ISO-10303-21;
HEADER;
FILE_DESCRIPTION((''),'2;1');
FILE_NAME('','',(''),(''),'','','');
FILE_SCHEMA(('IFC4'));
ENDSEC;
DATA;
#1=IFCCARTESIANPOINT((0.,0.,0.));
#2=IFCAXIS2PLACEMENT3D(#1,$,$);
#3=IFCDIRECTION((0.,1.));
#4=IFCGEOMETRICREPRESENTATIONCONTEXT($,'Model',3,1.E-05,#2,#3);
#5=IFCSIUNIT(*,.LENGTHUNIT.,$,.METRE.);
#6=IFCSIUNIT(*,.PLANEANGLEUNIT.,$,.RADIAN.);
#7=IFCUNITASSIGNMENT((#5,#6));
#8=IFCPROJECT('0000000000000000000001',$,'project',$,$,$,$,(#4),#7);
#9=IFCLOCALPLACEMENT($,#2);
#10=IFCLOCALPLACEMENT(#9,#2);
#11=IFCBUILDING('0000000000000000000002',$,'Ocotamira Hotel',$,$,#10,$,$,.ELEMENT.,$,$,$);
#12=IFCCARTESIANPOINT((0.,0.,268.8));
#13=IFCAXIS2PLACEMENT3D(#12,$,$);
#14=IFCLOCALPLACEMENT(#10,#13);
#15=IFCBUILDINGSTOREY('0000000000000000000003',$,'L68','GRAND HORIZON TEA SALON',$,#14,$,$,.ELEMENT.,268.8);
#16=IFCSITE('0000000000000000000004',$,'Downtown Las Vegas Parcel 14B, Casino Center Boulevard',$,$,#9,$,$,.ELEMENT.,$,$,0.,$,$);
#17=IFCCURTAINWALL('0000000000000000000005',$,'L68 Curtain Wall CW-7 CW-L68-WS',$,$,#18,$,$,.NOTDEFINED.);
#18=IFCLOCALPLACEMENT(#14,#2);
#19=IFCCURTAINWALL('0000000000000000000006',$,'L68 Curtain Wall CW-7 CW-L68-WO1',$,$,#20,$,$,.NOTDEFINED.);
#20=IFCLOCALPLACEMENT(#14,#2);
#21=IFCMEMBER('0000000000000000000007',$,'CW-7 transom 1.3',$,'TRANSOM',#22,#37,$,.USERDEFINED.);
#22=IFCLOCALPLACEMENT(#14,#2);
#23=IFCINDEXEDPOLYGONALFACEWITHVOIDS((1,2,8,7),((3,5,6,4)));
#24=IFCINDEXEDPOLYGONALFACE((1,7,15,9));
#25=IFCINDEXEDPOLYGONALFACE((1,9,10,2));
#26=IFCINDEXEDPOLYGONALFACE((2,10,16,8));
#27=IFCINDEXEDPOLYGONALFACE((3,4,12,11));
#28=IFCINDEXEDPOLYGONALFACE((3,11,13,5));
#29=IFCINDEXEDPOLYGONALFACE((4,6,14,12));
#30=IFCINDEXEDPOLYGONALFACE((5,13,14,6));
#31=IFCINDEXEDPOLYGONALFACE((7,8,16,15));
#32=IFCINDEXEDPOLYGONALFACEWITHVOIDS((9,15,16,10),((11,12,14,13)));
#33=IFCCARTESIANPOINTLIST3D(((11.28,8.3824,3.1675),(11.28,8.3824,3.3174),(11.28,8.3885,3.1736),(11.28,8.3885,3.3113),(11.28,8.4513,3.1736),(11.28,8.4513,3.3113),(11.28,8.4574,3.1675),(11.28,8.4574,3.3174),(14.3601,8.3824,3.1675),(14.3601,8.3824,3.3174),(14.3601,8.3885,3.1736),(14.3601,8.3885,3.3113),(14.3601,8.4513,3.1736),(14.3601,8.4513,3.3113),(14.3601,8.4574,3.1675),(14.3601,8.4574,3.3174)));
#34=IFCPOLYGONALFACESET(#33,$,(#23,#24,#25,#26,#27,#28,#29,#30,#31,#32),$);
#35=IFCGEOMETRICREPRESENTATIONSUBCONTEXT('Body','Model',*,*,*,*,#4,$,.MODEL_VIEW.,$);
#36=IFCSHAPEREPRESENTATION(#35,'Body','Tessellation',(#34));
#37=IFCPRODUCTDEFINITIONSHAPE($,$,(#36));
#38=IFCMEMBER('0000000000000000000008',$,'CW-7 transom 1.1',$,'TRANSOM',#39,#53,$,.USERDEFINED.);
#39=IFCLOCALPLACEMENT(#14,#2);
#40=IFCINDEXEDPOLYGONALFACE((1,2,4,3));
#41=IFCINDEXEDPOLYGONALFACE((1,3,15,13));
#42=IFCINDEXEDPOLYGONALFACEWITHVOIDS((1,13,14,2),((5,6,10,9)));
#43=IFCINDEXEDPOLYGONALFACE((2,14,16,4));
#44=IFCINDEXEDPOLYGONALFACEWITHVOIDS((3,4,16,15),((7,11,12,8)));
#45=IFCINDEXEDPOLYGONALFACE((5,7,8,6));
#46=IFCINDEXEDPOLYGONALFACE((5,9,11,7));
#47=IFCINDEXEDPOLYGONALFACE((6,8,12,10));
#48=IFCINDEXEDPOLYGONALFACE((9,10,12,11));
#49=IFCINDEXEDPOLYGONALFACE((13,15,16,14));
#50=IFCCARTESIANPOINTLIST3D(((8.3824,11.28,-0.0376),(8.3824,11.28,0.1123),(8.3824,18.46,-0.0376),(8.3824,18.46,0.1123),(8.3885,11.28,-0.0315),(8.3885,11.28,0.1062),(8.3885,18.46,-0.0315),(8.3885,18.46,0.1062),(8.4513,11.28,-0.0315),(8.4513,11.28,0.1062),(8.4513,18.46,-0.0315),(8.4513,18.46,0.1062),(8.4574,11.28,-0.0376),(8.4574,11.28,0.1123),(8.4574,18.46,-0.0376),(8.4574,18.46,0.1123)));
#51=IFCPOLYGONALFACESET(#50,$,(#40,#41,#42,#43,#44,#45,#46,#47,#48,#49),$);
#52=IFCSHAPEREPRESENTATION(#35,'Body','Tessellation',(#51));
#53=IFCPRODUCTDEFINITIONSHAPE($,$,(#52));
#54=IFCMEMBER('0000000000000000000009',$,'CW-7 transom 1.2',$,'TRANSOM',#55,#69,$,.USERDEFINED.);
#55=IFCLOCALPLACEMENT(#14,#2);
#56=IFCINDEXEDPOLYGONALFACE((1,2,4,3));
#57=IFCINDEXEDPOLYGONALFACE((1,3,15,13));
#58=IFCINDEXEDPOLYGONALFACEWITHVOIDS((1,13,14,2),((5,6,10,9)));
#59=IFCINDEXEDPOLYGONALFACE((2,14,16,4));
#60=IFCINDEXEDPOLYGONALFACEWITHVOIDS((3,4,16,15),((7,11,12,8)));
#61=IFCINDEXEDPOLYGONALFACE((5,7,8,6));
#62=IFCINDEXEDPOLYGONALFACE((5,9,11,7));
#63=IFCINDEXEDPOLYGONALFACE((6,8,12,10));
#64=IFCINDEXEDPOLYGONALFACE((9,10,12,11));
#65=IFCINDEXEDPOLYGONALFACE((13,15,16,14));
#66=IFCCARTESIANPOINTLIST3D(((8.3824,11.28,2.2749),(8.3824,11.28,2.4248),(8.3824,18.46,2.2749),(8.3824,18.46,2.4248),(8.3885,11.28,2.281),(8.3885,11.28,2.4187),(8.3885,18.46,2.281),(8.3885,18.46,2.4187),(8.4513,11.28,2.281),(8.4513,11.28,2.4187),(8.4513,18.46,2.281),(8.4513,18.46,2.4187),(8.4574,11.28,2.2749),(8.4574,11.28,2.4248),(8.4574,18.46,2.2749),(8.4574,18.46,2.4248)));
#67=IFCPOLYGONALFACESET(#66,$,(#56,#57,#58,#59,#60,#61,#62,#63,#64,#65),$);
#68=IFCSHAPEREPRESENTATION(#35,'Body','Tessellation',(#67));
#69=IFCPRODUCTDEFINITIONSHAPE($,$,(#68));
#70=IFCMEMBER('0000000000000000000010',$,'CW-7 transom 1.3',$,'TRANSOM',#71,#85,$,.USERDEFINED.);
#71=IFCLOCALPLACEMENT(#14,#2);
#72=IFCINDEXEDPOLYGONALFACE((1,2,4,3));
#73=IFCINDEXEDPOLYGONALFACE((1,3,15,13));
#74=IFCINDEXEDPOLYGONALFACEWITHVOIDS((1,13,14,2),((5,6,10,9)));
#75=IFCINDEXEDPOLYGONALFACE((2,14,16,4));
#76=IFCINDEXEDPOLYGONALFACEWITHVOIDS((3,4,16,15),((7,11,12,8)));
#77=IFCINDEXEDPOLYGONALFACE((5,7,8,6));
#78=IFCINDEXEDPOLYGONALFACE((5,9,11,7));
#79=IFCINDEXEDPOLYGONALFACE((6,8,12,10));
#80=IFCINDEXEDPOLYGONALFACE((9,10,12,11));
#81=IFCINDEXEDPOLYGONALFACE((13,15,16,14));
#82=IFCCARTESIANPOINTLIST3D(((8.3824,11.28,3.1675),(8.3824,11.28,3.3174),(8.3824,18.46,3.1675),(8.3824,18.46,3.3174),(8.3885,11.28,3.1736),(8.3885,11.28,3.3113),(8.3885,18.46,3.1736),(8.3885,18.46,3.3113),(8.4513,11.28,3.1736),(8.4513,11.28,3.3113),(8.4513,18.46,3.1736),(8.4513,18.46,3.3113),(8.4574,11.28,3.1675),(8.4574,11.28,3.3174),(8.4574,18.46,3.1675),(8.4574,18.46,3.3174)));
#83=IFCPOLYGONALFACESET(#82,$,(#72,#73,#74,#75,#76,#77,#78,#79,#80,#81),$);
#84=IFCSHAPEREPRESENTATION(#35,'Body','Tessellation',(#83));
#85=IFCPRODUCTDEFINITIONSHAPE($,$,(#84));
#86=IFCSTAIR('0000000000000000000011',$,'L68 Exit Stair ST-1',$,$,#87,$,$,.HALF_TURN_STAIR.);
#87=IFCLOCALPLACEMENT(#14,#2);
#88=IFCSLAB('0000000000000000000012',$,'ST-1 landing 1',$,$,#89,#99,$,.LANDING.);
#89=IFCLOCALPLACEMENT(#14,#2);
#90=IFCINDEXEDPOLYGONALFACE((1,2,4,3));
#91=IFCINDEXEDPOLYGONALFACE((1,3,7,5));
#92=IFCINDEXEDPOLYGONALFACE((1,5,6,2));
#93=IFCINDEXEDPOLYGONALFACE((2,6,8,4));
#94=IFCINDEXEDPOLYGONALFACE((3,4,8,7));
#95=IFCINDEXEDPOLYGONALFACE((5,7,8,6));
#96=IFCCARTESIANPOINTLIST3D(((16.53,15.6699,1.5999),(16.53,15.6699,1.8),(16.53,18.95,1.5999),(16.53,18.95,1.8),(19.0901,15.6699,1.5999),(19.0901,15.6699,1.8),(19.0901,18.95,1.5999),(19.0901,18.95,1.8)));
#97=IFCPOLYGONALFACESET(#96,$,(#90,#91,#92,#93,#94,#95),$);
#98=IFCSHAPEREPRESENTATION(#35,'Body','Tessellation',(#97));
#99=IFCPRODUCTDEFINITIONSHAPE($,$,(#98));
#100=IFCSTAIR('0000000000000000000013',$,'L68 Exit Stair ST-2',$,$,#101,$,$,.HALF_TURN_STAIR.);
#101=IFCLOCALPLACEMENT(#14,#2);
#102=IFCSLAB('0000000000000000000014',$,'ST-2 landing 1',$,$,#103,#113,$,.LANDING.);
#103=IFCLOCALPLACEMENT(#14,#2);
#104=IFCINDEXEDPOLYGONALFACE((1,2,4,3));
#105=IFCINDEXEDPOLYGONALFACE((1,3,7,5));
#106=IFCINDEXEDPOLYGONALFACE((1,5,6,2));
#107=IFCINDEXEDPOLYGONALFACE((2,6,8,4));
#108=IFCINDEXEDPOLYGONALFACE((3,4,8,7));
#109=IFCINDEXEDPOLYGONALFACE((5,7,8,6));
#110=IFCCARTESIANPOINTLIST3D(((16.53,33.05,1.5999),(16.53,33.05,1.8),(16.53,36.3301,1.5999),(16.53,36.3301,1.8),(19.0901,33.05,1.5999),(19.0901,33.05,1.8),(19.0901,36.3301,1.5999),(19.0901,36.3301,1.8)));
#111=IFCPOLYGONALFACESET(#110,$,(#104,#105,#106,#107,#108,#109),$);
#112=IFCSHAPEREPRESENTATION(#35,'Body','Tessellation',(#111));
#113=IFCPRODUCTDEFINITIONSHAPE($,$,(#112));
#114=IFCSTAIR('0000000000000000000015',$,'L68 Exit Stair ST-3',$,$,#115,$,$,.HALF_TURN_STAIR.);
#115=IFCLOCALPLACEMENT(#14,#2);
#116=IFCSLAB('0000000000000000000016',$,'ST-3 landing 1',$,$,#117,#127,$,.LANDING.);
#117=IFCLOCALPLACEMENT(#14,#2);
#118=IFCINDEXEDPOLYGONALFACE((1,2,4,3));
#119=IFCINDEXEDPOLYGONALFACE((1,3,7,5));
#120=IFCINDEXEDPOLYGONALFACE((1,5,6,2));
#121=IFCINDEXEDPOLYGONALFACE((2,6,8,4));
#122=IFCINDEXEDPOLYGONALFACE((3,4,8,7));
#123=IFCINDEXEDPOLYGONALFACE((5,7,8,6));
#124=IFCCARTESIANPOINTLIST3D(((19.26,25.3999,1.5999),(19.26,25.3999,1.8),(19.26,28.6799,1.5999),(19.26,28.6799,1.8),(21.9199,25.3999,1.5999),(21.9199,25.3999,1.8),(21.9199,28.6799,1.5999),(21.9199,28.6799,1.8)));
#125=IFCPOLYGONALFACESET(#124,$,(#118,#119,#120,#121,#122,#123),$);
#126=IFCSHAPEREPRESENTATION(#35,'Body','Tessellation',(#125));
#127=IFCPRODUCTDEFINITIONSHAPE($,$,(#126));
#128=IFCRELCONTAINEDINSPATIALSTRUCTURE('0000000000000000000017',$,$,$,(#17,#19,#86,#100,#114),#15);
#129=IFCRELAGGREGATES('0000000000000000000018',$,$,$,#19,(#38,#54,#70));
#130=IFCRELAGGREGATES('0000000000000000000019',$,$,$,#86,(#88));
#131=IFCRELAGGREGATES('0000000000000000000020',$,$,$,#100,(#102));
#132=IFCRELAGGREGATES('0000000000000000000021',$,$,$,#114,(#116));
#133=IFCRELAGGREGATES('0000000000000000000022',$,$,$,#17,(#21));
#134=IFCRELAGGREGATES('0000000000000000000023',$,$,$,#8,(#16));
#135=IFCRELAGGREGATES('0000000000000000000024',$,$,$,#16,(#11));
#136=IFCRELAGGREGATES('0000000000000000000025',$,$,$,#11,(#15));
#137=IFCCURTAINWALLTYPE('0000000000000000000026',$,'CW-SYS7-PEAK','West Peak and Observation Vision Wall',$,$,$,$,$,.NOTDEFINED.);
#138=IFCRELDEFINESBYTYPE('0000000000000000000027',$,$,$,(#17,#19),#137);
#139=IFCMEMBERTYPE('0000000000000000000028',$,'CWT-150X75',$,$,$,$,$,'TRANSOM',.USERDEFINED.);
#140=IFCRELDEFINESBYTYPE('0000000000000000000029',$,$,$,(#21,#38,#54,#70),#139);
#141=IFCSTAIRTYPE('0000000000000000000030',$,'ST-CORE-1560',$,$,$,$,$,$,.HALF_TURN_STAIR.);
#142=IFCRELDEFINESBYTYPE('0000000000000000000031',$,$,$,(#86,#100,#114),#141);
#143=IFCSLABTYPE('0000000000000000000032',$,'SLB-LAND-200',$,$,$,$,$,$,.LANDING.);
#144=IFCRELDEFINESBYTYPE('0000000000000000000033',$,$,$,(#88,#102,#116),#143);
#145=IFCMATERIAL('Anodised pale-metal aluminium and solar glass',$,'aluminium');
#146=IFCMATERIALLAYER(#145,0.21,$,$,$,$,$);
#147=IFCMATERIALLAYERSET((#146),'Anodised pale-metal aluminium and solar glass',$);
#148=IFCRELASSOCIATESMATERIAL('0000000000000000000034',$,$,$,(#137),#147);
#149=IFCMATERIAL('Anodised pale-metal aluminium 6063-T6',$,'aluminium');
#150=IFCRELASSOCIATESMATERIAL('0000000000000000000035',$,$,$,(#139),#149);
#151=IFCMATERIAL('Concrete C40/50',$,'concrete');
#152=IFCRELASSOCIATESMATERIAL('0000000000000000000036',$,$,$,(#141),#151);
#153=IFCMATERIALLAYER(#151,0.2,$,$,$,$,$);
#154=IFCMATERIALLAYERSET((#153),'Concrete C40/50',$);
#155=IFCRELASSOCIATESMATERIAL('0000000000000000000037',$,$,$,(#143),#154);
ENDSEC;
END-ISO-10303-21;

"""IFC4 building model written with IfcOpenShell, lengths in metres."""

from ifc_helpers import new_model, si_unit, direction, frame, origin, origin_2d, place, context, subcontext, project, spatial, polyline, hollow_rectangle, outline, extrude, source, transform, mapped, material, layer, layer_set, material_profile, profile_set, type_object, element, aggregate, save


model = new_model("IFC4")

# Units and contexts
model_context = context("Model", 3, precision=1e-05, world=origin(), true_north=direction((0.0, 1.0)))
body_context = subcontext(model_context, "Body", "Model", "MODEL_VIEW")
ifc_project = project(units=[si_unit("LENGTHUNIT", "METRE"), si_unit("PLANEANGLEUNIT", "RADIAN")], contexts=[model_context])

# Site, building, storey
site_placement = place(None, origin())
site = spatial("IfcSite", under=ifc_project, at=site_placement, Name="Downtown Las Vegas Parcel 14B, Casino Center Boulevard", CompositionType="ELEMENT", RefElevation=0.0)
building_placement = place(site_placement, origin())
building = spatial("IfcBuilding", under=site, at=building_placement, Name="Ocotamira Hotel", CompositionType="ELEMENT")
storey_placement = place(building_placement, frame((0.0, 0.0, 268.8)))
storey = spatial("IfcBuildingStorey", under=building, at=storey_placement, Name="L68", Description="GRAND HORIZON TEA SALON", CompositionType="ELEMENT", Elevation=268.8)

# Curtain wall
ifc_material_1 = material(Name="Anodised pale-metal aluminium and solar glass", Category="aluminium")
ifc_layer_1 = layer(ifc_material_1, 0.21)
ifc_layer_set_1 = layer_set([ifc_layer_1], Name="Anodised pale-metal aluminium and solar glass")
curtain_wall_type = type_object("IfcCurtainWallType", Name="CW-SYS7-PEAK", Description="West Peak and Observation Vision Wall", PredefinedType="NOTDEFINED", material=ifc_layer_set_1)
curtain_wall_1_placement = place(storey_placement, origin())
curtain_wall_1 = element("IfcCurtainWall", 1, at=curtain_wall_1_placement, inside=storey, type_object=curtain_wall_type, Name="L68 Curtain Wall CW-7 CW-L68-WS", PredefinedType="NOTDEFINED")
ifc_material_2 = material(Name="Anodised pale-metal aluminium 6063-T6", Category="aluminium")

# Curtain wall
curtain_wall_2_placement = place(storey_placement, origin())
curtain_wall_2 = element("IfcCurtainWall", 2, at=curtain_wall_2_placement, inside=storey, type_object=curtain_wall_type, Name="L68 Curtain Wall CW-7 CW-L68-WO1", PredefinedType="NOTDEFINED")

# Members
ifc_material_profile_1 = material_profile(ifc_material_2, hollow_rectangle(XDim=0.075, YDim=0.1499, WallThickness=0.0061, at=origin_2d()), Name="HSS150X75X6")
ifc_profile_set_1 = profile_set([ifc_material_profile_1], Name="Anodised pale-metal aluminium 6063-T6")
member_type_1 = type_object("IfcMemberType", Name="CWT-150X75", ElementType="TRANSOM", PredefinedType="USERDEFINED", material=ifc_profile_set_1)
shared_shape_1 = source(origin(), body_context, "Body", "SweptSolid", [
    extrude(hollow_rectangle(XDim=0.075, YDim=0.1499, WallThickness=0.0061, at=origin_2d()), origin(), (0.0, 0.0, 1.0), 3.0801),
])
member_1_placement = place(storey_placement, frame((11.28, 8.4199, 3.2424), z_axis=(1.0, 0.0, 0.0), x_axis=(0.0, 1.0, 0.0)))
member_1 = element("IfcMember", 3, at=member_1_placement, type_object=member_type_1, Name="CW-7 transom 1.3", ObjectType="TRANSOM", PredefinedType="USERDEFINED", context=body_context, shape_type="MappedRepresentation", body=[
    mapped(shared_shape_1, transform((0.0, 0.0, 0.0), scale=1.0)),
])
shared_shape_2 = source(origin(), body_context, "Body", "SweptSolid", [
    extrude(hollow_rectangle(XDim=0.075, YDim=0.1499, WallThickness=0.0061, at=origin_2d()), origin(), (0.0, 0.0, 1.0), 7.1799),
])
member_2_placement = place(storey_placement, frame((8.4199, 11.28, 0.0374), z_axis=(0.0, 1.0, 0.0), x_axis=(-1.0, 0.0, 0.0)))
member_2 = element("IfcMember", 4, at=member_2_placement, type_object=member_type_1, Name="CW-7 transom 1.1", ObjectType="TRANSOM", PredefinedType="USERDEFINED", context=body_context, shape_type="MappedRepresentation", body=[
    mapped(shared_shape_2, transform((0.0, 0.0, 0.0), scale=1.0)),
])
member_3_placement = place(storey_placement, frame((8.4199, 11.28, 2.3499), z_axis=(0.0, 1.0, 0.0), x_axis=(-1.0, 0.0, 0.0)))
member_3 = element("IfcMember", 5, at=member_3_placement, type_object=member_type_1, Name="CW-7 transom 1.2", ObjectType="TRANSOM", PredefinedType="USERDEFINED", context=body_context, shape_type="MappedRepresentation", body=[
    mapped(shared_shape_2, transform((0.0, 0.0, 0.0), scale=1.0)),
])
member_4_placement = place(storey_placement, frame((8.4199, 11.28, 3.2424), z_axis=(0.0, 1.0, 0.0), x_axis=(-1.0, 0.0, 0.0)))
member_4 = element("IfcMember", 6, at=member_4_placement, type_object=member_type_1, Name="CW-7 transom 1.3", ObjectType="TRANSOM", PredefinedType="USERDEFINED", context=body_context, shape_type="MappedRepresentation", body=[
    mapped(shared_shape_2, transform((0.0, 0.0, 0.0), scale=1.0)),
])
aggregate(curtain_wall_2, [member_2, member_3, member_4])

# Stairs, slabs
ifc_material_3 = material(Name="Concrete C40/50", Category="concrete")
stair_type = type_object("IfcStairType", Name="ST-CORE-1560", PredefinedType="HALF_TURN_STAIR", material=ifc_material_3)
stair_1_placement = place(storey_placement, origin())
stair_1 = element("IfcStair", 7, at=stair_1_placement, inside=storey, type_object=stair_type, Name="L68 Exit Stair ST-1", PredefinedType="HALF_TURN_STAIR")
ifc_layer_2 = layer(ifc_material_3, 0.2)
ifc_layer_set_2 = layer_set([ifc_layer_2], Name="Concrete C40/50")
slab_type_1 = type_object("IfcSlabType", Name="SLB-LAND-200", PredefinedType="LANDING", material=ifc_layer_set_2)
slab_1_placement = place(storey_placement, frame((0.0, 0.0, 1.5999)))
slab_1 = element("IfcSlab", 8, at=slab_1_placement, type_object=slab_type_1, Name="ST-1 landing 1", PredefinedType="LANDING", context=body_context, shape_type="SweptSolid", body=[
    extrude(outline(polyline([(16.53, 15.6699), (19.0901, 15.6699), (19.0901, 18.95), (16.53, 18.95), (16.53, 15.6699)])), origin(), (0.0, 0.0, 1.0), 0.2002),
])
aggregate(stair_1, [slab_1])
stair_2_placement = place(storey_placement, origin())
stair_2 = element("IfcStair", 9, at=stair_2_placement, inside=storey, type_object=stair_type, Name="L68 Exit Stair ST-2", PredefinedType="HALF_TURN_STAIR")
slab_2_placement = place(storey_placement, frame((0.0, 0.0, 1.5999)))
slab_2 = element("IfcSlab", 10, at=slab_2_placement, type_object=slab_type_1, Name="ST-2 landing 1", PredefinedType="LANDING", context=body_context, shape_type="SweptSolid", body=[
    extrude(outline(polyline([(16.53, 33.05), (19.0901, 33.05), (19.0901, 36.3301), (16.53, 36.3301), (16.53, 33.05)])), origin(), (0.0, 0.0, 1.0), 0.2002),
])
aggregate(stair_2, [slab_2])
stair_3_placement = place(storey_placement, origin())
stair_3 = element("IfcStair", 11, at=stair_3_placement, inside=storey, type_object=stair_type, Name="L68 Exit Stair ST-3", PredefinedType="HALF_TURN_STAIR")
slab_3_placement = place(storey_placement, frame((0.0, 0.0, 1.5999)))
slab_3 = element("IfcSlab", 12, at=slab_3_placement, type_object=slab_type_1, Name="ST-3 landing 1", PredefinedType="LANDING", context=body_context, shape_type="SweptSolid", body=[
    extrude(outline(polyline([(19.26, 25.3999), (21.9199, 25.3999), (21.9199, 28.6799), (19.26, 28.6799), (19.26, 25.3999)])), origin(), (0.0, 0.0, 1.0), 0.2002),
])
aggregate(stair_3, [slab_3])

aggregate(curtain_wall_1, [member_1])

save(model, "model.ifc")
